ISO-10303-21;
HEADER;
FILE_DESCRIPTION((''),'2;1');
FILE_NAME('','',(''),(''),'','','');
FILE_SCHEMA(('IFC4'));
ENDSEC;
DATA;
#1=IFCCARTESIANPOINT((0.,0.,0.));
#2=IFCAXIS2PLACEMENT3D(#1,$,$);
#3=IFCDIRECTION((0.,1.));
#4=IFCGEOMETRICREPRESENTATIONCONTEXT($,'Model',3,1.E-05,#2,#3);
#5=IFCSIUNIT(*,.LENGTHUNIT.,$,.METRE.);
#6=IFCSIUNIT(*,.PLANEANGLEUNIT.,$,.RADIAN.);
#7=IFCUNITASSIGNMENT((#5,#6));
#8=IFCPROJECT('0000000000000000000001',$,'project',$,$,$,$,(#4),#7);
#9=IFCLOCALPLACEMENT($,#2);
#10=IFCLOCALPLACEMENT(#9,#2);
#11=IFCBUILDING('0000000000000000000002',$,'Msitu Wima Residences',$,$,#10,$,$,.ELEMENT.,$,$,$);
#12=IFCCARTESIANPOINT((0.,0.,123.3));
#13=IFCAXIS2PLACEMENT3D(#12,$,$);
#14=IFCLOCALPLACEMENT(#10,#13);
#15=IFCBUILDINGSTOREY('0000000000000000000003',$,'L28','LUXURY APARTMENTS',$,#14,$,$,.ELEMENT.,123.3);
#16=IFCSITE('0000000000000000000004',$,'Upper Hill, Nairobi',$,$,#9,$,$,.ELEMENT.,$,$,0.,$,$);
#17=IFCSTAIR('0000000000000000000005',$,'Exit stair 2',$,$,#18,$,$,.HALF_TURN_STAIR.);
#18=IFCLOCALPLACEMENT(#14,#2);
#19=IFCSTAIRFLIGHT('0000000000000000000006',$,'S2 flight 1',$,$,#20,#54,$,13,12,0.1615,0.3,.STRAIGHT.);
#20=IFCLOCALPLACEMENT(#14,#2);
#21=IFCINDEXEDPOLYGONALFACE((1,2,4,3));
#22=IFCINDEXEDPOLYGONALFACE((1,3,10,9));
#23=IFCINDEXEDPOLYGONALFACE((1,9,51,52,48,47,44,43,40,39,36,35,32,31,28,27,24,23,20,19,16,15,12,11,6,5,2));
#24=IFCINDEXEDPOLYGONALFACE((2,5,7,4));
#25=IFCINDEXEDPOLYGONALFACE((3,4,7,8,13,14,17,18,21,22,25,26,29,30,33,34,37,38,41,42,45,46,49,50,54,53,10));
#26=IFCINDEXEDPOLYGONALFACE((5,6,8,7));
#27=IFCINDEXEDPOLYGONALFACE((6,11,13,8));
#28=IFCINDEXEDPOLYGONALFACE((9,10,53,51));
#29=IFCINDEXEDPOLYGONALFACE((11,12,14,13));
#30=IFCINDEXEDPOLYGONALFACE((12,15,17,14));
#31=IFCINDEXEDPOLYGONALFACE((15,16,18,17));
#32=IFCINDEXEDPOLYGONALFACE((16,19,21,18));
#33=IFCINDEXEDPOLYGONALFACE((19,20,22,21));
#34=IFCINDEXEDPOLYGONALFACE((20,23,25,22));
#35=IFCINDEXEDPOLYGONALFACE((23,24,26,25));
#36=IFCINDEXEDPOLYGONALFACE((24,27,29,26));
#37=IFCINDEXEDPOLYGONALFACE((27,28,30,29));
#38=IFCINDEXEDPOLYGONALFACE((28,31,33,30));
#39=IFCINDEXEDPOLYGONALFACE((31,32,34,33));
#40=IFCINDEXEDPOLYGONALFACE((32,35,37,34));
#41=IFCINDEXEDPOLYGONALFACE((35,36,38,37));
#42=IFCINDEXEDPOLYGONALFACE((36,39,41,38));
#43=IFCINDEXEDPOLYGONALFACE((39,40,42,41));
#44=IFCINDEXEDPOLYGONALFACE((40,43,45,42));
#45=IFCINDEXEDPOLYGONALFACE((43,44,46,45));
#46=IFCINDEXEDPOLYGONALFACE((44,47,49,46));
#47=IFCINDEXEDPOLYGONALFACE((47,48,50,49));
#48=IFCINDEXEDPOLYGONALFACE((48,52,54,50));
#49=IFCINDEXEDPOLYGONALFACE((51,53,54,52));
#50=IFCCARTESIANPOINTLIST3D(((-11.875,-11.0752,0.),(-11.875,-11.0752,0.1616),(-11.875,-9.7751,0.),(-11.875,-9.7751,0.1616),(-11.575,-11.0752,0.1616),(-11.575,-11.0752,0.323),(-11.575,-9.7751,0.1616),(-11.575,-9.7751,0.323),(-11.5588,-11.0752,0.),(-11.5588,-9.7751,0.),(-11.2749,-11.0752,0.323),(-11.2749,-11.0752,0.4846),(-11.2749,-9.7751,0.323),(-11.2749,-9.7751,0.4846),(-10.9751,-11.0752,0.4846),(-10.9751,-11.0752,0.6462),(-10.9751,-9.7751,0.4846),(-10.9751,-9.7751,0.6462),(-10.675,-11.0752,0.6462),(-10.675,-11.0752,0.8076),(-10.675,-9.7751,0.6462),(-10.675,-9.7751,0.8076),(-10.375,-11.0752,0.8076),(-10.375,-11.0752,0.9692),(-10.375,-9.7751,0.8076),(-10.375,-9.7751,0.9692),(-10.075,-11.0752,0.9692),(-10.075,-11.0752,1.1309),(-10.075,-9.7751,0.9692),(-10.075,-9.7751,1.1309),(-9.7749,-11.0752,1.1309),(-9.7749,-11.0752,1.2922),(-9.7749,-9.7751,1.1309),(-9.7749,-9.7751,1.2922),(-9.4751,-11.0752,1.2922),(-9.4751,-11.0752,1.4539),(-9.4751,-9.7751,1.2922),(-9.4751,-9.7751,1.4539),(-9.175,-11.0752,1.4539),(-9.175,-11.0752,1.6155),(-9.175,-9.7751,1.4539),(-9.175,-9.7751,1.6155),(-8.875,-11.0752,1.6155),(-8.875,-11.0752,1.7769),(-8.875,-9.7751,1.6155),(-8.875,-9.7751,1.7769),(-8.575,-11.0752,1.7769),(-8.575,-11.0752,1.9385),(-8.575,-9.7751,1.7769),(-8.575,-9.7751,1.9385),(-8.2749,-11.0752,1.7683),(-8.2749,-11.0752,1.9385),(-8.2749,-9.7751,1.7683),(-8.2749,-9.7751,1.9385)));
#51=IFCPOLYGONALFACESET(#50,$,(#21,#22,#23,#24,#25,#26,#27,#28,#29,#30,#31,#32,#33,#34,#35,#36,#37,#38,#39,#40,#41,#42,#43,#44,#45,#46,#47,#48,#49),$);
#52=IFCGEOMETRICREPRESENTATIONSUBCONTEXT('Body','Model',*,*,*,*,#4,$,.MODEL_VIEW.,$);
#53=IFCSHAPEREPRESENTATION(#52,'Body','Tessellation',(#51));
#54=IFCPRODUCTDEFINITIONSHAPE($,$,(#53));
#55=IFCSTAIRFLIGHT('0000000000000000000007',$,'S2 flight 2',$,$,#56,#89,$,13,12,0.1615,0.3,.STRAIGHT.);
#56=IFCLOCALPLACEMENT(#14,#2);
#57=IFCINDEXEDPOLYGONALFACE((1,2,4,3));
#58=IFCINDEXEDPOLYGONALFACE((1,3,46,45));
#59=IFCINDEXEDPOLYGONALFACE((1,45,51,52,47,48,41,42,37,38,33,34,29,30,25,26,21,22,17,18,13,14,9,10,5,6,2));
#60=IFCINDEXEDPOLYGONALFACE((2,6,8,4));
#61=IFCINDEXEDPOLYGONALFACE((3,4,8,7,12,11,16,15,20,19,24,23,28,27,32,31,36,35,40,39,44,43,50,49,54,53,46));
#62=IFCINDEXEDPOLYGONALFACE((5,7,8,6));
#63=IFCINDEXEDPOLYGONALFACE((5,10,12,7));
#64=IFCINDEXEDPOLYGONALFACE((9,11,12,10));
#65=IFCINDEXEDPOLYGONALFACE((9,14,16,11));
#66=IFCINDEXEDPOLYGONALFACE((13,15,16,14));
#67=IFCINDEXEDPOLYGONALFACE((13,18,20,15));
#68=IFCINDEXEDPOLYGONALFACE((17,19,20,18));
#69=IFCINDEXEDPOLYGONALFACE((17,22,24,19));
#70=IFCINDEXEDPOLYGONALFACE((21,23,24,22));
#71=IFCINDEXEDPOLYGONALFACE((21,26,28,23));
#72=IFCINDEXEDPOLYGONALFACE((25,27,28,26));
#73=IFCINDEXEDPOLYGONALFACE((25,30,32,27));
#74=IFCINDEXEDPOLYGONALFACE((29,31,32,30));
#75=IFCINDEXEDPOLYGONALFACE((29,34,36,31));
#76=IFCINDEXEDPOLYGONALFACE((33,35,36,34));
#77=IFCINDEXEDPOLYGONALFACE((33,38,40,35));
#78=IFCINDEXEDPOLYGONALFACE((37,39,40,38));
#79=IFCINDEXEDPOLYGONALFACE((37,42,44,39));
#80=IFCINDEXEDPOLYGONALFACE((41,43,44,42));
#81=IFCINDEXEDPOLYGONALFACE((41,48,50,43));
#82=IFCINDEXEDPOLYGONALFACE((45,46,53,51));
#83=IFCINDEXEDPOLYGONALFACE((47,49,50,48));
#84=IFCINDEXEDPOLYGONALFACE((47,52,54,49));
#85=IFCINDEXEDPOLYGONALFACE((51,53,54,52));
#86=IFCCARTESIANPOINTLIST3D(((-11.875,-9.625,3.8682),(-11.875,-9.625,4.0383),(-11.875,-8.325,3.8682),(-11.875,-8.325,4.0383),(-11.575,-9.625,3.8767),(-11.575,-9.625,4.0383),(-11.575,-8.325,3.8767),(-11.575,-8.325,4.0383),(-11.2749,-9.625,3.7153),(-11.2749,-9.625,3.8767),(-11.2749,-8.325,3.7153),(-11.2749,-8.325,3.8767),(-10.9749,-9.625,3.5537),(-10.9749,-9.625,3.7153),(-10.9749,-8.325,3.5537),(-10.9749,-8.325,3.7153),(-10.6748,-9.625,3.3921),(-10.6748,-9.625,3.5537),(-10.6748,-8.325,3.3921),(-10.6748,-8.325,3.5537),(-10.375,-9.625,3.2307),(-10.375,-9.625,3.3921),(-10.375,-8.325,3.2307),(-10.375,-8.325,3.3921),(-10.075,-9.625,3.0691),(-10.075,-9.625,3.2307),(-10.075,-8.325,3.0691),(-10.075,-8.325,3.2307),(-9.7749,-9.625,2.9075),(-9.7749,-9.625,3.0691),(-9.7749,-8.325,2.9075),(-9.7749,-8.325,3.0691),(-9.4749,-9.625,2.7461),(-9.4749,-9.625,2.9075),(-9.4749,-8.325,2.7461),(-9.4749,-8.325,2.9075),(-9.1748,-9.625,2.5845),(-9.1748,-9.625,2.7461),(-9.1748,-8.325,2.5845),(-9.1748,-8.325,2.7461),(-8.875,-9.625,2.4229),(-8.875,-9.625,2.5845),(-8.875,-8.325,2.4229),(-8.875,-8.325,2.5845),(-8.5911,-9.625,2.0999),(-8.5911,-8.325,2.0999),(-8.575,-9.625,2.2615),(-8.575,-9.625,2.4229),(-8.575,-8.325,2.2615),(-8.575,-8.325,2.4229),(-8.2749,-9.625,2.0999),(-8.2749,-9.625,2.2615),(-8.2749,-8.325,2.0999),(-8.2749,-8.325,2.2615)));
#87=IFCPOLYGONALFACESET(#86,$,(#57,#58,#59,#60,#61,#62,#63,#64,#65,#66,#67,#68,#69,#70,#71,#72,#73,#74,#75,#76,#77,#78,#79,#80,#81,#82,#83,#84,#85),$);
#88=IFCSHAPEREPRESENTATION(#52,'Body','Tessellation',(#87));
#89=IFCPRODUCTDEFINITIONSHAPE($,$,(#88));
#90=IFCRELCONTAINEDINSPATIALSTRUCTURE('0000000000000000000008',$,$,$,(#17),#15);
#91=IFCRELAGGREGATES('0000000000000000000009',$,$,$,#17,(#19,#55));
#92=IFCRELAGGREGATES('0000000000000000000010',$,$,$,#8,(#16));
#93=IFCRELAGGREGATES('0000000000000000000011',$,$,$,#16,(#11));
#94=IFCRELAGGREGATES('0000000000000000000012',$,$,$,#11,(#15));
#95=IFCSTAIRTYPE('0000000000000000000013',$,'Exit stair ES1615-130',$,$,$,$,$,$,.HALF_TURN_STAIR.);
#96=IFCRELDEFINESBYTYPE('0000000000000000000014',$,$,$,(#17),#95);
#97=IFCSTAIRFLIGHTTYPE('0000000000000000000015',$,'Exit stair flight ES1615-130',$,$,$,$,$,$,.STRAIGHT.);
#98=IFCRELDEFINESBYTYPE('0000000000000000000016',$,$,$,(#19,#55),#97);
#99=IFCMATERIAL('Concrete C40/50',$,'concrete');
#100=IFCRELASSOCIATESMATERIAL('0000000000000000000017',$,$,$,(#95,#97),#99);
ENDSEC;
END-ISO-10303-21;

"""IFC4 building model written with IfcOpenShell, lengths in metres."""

from ifc_helpers import new_model, si_unit, direction, frame, origin, place, context, subcontext, project, spatial, polyline, outline, extrude, material, type_object, element, aggregate, save


model = new_model("IFC4")

# Units and contexts
model_context = context("Model", 3, precision=1e-05, world=origin(), true_north=direction((0.0, 1.0)))
body_context = subcontext(model_context, "Body", "Model", "MODEL_VIEW")
ifc_project = project(units=[si_unit("LENGTHUNIT", "METRE"), si_unit("PLANEANGLEUNIT", "RADIAN")], contexts=[model_context])

# Site, building, storey
site_placement = place(None, origin())
site = spatial("IfcSite", under=ifc_project, at=site_placement, Name="Upper Hill, Nairobi", CompositionType="ELEMENT", RefElevation=0.0)
building_placement = place(site_placement, origin())
building = spatial("IfcBuilding", under=site, at=building_placement, Name="Msitu Wima Residences", CompositionType="ELEMENT")
storey_placement = place(building_placement, frame((0.0, 0.0, 123.3)))
storey = spatial("IfcBuildingStorey", under=building, at=storey_placement, Name="L28", Description="LUXURY APARTMENTS", CompositionType="ELEMENT", Elevation=123.3)

# Shared definitions
ifc_material_1 = material(Name="Concrete C40/50", Category="concrete")

# Stair, stair flights
stair_type = type_object("IfcStairType", Name="Exit stair ES1615-130", PredefinedType="HALF_TURN_STAIR", material=ifc_material_1)
stair_placement = place(storey_placement, origin())
stair = element("IfcStair", 1, at=stair_placement, inside=storey, type_object=stair_type, Name="Exit stair 2", PredefinedType="HALF_TURN_STAIR")
stair_flight_type = type_object("IfcStairFlightType", Name="Exit stair flight ES1615-130", PredefinedType="STRAIGHT", material=ifc_material_1)
stair_flight_1_placement = place(storey_placement, frame((-11.875, -10.425, 0.0), z_axis=(0.0, 0.0, 1.0), x_axis=(1.0, 0.0, 0.0)))
stair_flight_1 = element("IfcStairFlight", 2, at=stair_flight_1_placement, type_object=stair_flight_type, Name="S2 flight 1", NumberOfRisers=13, NumberOfTreads=12, PredefinedType="STRAIGHT", RiserHeight=0.1615, TreadLength=0.3, context=body_context, shape_type="SweptSolid", body=[
    extrude(outline(polyline([(0.0, 0.0), (0.0, 0.1616), (0.3, 0.1616), (0.3, 0.323), (0.6001, 0.323), (0.6001, 0.4846), (0.8999, 0.4846), (0.8999, 0.6462), (1.2, 0.6462), (1.2, 0.8076), (1.5, 0.8076), (1.5, 0.9692), (1.8, 0.9692), (1.8, 1.1309), (2.1001, 1.1309), (2.1001, 1.2922), (2.3999, 1.2922), (2.3999, 1.4539), (2.7, 1.4539), (2.7, 1.6155), (3.0, 1.6155), (3.0, 1.7769), (3.3, 1.7769), (3.3, 1.9385), (3.6001, 1.9385), (3.6001, 2.1001), (3.6001, 1.7683), (0.3162, 0.0), (0.0, 0.0)])), frame((0.0, 0.6499, 0.0), z_axis=(0.0, -1.0, 0.0), x_axis=(1.0, 0.0, 0.0)), (0.0, 0.0, 1.0), 1.3),
])
stair_flight_2_placement = place(storey_placement, frame((-8.2749, -8.9751, 2.0999), z_axis=(0.0, 0.0, 1.0), x_axis=(-1.0, 0.0, 0.0)))
stair_flight_2 = element("IfcStairFlight", 3, at=stair_flight_2_placement, type_object=stair_flight_type, Name="S2 flight 2", NumberOfRisers=13, NumberOfTreads=12, PredefinedType="STRAIGHT", RiserHeight=0.1615, TreadLength=0.3, context=body_context, shape_type="SweptSolid", body=[
    extrude(outline(polyline([(0.0, 0.0), (0.0, 0.1616), (0.3, 0.1616), (0.3, 0.323), (0.6001, 0.323), (0.6001, 0.4846), (0.8999, 0.4846), (0.8999, 0.6462), (1.2, 0.6462), (1.2, 0.8076), (1.5, 0.8076), (1.5, 0.9692), (1.8, 0.9692), (1.8, 1.1309), (2.1001, 1.1309), (2.1001, 1.2922), (2.3999, 1.2922), (2.3999, 1.4539), (2.7, 1.4539), (2.7, 1.6155), (3.0, 1.6155), (3.0, 1.7769), (3.3, 1.7769), (3.3, 1.9385), (3.6001, 1.9385), (3.6001, 2.1001), (3.6001, 1.7683), (0.3162, 0.0), (0.0, 0.0)])), frame((0.0, 0.6499, 0.0), z_axis=(0.0, -1.0, 0.0), x_axis=(1.0, 0.0, 0.0)), (0.0, 0.0, 1.0), 1.3),
])
aggregate(stair, [stair_flight_1, stair_flight_2])

save(model, "model.ifc")
